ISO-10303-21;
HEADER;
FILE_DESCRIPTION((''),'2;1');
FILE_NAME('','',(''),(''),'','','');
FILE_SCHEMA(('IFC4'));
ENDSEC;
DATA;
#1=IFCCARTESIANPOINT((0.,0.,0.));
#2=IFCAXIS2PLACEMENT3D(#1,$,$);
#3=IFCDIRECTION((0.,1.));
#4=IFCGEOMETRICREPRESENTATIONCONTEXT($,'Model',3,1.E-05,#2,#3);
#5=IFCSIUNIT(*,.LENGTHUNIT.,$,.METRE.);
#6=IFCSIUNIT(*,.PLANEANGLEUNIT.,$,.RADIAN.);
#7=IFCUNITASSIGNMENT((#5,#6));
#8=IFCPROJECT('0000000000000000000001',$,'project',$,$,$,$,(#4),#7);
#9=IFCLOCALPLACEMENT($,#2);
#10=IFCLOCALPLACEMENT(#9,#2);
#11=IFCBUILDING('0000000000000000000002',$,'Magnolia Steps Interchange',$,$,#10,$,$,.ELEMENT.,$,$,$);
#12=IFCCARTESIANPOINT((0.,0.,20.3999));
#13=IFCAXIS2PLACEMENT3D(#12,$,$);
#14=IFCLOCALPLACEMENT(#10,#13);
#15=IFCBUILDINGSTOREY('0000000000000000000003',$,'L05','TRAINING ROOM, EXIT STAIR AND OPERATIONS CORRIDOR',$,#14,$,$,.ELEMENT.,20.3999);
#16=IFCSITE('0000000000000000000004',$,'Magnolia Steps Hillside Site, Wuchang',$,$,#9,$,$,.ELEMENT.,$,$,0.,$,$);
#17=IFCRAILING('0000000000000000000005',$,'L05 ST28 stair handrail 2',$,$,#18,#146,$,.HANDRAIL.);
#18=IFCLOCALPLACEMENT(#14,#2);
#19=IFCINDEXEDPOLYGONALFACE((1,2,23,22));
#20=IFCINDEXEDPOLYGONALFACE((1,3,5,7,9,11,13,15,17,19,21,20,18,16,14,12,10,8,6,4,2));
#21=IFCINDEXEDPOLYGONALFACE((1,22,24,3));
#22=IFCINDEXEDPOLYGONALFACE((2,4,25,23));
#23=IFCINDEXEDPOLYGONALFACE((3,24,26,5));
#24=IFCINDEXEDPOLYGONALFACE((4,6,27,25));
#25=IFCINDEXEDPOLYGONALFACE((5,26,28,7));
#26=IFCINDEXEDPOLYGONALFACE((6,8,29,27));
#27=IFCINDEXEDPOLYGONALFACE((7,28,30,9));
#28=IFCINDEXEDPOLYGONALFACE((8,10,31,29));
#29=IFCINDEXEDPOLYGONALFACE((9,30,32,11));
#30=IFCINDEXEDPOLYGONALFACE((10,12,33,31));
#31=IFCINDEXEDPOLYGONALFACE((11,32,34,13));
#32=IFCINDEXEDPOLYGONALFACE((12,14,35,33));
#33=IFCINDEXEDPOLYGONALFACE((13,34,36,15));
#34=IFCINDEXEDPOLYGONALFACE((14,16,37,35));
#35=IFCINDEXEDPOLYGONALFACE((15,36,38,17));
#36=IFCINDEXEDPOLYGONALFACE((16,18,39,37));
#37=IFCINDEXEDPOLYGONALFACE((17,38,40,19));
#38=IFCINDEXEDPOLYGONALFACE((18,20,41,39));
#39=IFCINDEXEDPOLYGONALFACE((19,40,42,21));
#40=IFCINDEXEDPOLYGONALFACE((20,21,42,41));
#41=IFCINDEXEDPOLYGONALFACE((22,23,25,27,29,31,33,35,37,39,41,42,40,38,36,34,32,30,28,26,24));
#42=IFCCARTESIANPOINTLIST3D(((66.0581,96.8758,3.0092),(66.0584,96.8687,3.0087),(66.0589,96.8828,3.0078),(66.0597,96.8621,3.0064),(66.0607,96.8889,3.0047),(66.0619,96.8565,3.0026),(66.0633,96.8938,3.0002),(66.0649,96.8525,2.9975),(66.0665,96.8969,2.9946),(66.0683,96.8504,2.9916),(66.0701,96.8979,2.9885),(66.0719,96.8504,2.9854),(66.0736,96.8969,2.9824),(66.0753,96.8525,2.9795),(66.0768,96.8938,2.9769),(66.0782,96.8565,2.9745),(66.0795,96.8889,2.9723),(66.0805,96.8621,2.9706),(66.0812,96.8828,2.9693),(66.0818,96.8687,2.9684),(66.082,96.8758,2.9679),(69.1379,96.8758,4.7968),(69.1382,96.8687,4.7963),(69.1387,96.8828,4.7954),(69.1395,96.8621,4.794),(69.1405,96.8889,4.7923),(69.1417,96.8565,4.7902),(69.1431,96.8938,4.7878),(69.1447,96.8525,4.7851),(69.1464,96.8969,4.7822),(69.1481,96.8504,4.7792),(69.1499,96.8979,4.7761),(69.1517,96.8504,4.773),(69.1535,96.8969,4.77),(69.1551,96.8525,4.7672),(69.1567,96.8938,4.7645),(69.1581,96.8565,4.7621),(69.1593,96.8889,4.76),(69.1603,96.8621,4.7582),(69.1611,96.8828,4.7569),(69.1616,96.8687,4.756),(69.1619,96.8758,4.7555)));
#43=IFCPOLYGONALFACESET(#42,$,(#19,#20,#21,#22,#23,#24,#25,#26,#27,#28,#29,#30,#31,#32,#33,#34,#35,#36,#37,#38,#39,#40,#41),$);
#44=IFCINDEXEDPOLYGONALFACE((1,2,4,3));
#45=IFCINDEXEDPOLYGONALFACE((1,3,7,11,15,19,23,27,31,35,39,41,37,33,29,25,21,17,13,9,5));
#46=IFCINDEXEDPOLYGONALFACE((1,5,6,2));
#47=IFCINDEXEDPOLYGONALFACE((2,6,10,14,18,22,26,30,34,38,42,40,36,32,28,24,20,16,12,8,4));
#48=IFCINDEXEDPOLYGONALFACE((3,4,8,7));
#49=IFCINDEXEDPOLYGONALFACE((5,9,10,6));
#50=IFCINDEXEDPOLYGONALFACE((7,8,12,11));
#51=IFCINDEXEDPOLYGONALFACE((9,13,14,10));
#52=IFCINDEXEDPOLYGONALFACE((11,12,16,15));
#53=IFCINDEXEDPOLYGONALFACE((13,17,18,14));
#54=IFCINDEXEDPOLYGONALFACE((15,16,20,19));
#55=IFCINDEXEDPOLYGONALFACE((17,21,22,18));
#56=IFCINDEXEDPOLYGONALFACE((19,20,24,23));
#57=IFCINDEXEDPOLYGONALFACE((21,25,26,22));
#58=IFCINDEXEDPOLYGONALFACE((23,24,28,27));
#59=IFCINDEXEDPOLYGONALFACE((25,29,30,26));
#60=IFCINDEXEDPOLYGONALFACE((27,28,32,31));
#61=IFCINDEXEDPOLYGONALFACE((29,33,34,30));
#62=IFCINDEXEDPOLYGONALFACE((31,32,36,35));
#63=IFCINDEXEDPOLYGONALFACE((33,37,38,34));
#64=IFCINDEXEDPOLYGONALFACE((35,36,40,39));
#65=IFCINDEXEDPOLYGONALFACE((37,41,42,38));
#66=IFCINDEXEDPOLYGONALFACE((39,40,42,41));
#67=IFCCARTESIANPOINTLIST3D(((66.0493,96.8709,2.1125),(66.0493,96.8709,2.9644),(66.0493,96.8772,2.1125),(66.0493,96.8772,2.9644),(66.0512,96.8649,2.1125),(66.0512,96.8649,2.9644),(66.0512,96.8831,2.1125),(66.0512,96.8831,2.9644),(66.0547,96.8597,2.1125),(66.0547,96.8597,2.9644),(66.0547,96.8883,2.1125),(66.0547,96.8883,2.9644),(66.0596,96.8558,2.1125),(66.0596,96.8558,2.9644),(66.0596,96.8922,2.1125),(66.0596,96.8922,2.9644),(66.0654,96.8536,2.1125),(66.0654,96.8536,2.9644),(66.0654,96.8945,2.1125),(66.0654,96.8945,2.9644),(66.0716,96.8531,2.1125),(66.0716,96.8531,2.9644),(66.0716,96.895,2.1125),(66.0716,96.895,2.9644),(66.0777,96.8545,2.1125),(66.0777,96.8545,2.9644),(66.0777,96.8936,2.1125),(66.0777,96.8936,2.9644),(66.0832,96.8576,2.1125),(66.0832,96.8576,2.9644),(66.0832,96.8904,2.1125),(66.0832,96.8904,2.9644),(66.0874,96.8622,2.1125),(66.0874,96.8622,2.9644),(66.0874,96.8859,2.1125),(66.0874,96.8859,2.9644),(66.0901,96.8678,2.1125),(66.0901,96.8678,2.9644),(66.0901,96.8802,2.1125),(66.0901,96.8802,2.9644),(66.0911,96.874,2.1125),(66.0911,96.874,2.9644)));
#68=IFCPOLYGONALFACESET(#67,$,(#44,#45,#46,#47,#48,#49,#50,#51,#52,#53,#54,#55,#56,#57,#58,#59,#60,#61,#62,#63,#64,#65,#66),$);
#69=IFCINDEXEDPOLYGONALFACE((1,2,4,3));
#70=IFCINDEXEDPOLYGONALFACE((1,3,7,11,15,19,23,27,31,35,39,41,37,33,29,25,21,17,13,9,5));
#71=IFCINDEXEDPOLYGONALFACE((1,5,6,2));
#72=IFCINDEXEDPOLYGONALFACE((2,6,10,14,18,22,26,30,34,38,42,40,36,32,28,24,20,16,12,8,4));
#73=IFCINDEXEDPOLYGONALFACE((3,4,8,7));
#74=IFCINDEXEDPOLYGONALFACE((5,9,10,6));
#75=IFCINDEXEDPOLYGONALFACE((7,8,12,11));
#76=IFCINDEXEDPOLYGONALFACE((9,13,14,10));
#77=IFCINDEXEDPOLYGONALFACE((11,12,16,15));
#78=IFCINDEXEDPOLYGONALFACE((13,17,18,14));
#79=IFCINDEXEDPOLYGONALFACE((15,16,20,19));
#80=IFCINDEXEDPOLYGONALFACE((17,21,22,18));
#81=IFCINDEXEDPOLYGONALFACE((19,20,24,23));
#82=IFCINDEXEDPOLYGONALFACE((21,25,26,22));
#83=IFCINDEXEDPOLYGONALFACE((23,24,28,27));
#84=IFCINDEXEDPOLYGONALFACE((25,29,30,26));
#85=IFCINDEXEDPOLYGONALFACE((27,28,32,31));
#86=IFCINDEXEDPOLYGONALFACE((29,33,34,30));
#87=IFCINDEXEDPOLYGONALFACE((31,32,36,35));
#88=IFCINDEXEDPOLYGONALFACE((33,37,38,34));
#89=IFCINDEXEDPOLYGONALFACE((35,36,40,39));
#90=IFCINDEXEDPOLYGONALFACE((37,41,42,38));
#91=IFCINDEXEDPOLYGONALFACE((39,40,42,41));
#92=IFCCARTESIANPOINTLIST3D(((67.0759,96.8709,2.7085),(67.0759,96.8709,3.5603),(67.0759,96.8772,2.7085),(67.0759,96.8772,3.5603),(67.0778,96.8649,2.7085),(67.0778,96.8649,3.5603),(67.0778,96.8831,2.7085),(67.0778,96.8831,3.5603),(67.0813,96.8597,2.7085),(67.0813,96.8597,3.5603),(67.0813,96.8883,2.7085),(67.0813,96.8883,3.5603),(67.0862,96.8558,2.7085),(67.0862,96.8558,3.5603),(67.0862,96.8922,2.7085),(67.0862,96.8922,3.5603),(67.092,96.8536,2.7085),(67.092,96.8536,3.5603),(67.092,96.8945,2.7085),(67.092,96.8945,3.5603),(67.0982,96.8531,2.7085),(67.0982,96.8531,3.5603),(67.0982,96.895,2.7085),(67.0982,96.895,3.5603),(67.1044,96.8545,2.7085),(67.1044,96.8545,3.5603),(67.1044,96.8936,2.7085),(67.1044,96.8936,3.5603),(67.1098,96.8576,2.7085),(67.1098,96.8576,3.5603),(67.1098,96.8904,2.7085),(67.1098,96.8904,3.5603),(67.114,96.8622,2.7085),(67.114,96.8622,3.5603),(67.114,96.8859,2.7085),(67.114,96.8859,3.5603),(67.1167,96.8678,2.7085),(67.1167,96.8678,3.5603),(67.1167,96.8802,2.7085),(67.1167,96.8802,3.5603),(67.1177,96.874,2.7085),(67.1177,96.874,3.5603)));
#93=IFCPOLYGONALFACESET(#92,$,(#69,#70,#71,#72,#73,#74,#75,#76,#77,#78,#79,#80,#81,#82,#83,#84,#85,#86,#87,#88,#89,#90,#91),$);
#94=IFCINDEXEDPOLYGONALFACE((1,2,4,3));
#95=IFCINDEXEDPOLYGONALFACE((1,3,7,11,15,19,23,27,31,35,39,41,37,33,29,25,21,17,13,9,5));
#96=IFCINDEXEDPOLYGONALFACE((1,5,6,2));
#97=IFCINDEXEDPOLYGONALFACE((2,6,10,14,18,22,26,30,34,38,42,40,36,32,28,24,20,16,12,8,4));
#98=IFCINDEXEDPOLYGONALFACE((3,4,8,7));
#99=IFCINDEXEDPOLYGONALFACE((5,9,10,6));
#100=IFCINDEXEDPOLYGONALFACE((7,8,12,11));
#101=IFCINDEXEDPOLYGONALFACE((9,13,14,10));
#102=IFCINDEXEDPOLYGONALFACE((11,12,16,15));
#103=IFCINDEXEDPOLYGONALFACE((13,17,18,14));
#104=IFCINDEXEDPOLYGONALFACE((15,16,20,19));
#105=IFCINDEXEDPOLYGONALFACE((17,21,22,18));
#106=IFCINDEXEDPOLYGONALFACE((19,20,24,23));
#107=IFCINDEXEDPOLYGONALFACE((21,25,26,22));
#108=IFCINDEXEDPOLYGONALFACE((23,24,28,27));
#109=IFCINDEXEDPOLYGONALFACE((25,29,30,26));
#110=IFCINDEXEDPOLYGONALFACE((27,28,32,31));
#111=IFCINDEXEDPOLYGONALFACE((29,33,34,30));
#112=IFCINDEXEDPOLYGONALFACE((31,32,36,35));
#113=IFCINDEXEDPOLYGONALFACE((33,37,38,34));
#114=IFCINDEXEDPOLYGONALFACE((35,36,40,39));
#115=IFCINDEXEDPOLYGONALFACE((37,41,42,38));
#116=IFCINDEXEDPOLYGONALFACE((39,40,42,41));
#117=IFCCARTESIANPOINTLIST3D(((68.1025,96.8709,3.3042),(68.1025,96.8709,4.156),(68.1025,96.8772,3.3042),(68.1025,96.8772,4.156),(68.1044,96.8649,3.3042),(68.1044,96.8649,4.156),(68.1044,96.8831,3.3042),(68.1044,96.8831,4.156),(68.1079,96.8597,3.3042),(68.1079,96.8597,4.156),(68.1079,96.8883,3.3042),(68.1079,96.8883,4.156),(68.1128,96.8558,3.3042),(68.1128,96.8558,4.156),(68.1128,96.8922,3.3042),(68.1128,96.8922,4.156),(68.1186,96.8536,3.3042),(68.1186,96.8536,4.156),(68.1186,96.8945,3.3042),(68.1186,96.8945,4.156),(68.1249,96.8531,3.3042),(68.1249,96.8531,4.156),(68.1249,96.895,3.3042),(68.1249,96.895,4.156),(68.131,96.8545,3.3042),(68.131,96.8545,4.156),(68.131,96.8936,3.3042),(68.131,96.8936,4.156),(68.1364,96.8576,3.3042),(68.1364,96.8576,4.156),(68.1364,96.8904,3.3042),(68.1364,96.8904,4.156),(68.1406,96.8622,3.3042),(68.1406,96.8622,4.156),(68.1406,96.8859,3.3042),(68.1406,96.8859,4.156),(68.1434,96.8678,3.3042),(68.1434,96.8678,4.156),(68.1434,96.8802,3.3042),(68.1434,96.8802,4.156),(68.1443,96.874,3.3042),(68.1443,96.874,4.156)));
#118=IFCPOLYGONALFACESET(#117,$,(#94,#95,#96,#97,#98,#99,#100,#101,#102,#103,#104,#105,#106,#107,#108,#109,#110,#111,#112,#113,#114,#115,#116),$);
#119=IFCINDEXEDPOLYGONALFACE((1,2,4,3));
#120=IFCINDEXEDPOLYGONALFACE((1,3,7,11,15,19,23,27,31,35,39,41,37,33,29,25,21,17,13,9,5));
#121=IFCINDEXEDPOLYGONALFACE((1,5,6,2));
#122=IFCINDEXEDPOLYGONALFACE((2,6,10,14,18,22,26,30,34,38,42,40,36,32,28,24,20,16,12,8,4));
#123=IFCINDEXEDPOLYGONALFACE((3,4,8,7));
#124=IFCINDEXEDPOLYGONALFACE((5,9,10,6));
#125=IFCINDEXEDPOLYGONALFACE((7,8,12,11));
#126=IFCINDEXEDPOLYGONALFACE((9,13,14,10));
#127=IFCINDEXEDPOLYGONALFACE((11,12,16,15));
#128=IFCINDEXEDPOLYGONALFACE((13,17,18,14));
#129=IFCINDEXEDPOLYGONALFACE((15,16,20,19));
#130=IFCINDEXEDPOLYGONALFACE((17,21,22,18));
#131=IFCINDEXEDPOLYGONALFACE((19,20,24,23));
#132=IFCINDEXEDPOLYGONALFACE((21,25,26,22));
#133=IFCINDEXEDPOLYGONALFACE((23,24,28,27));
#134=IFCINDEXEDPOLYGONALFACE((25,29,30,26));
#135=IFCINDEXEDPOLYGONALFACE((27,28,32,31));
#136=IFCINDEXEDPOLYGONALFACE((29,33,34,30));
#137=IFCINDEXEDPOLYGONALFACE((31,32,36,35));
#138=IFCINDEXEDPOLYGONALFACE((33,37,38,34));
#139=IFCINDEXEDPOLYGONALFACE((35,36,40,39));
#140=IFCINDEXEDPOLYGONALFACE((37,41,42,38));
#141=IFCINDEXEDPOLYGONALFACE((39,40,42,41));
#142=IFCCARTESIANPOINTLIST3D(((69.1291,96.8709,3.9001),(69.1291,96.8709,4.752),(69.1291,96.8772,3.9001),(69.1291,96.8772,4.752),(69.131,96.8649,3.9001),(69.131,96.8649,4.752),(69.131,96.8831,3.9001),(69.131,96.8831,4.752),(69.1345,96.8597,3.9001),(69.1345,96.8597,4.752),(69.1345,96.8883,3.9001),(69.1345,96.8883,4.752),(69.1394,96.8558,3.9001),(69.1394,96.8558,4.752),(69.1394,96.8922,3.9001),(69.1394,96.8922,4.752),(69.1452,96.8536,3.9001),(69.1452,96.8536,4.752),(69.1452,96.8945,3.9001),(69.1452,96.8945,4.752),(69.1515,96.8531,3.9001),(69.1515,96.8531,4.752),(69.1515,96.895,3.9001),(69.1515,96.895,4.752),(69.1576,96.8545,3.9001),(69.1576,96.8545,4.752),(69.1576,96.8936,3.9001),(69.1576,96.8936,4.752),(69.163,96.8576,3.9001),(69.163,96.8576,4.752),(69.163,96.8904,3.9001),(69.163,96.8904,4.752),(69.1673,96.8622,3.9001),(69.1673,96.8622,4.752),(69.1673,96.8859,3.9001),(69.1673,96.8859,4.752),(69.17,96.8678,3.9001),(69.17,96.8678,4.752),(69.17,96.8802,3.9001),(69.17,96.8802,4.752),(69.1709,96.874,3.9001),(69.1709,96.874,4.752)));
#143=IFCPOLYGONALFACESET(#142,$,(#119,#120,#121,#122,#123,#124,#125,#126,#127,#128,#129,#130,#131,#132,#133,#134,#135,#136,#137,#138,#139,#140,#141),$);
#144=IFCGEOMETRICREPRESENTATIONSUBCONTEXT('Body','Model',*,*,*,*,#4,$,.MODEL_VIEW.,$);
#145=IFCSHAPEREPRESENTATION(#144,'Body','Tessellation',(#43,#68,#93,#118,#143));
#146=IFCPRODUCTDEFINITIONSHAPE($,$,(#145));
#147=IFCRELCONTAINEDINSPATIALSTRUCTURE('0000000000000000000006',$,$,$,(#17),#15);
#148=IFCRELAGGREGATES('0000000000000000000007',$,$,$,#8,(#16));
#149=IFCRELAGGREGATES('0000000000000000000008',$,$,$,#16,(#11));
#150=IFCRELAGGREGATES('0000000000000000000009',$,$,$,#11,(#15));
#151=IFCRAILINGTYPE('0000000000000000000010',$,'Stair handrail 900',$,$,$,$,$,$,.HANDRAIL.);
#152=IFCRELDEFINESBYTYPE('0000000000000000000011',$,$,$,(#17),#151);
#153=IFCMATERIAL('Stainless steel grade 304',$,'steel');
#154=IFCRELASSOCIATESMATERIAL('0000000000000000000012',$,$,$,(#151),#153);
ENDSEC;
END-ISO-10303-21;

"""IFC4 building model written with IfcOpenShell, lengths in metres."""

from ifc_helpers import new_model, si_unit, direction, frame, origin, origin_2d, place, context, subcontext, project, spatial, circle, extrude, material, type_object, element, save


model = new_model("IFC4")

# Units and contexts
model_context = context("Model", 3, precision=1e-05, world=origin(), true_north=direction((0.0, 1.0)))
body_context = subcontext(model_context, "Body", "Model", "MODEL_VIEW")
ifc_project = project(units=[si_unit("LENGTHUNIT", "METRE"), si_unit("PLANEANGLEUNIT", "RADIAN")], contexts=[model_context])

# Site, building, storey
site_placement = place(None, origin())
site = spatial("IfcSite", under=ifc_project, at=site_placement, Name="Magnolia Steps Hillside Site, Wuchang", CompositionType="ELEMENT", RefElevation=0.0)
building_placement = place(site_placement, origin())
building = spatial("IfcBuilding", under=site, at=building_placement, Name="Magnolia Steps Interchange", CompositionType="ELEMENT")
storey_placement = place(building_placement, frame((0.0, 0.0, 20.3999)))
storey = spatial("IfcBuildingStorey", under=building, at=storey_placement, Name="L05", Description="TRAINING ROOM, EXIT STAIR AND OPERATIONS CORRIDOR", CompositionType="ELEMENT", Elevation=20.3999)

# Railing
ifc_material_1 = material(Name="Stainless steel grade 304", Category="steel")
railing_type_1 = type_object("IfcRailingType", Name="Stair handrail 900", PredefinedType="HANDRAIL", material=ifc_material_1)
railing_1_placement = place(storey_placement, frame((66.0701, 96.874, 2.1125)))
element("IfcRailing", 1, at=railing_1_placement, inside=storey, type_object=railing_type_1, Name="L05 ST28 stair handrail 2", PredefinedType="HANDRAIL", context=body_context, shape_type="SweptSolid", body=[
    extrude(circle(Radius=0.0239, at=origin_2d()), frame((0.0, 0.0, 0.876), z_axis=(0.864873, 0.0, 0.50199), x_axis=(0.0, 1.0, 0.0)), (0.0, 0.0, 1.0), 3.561),
    extrude(circle(Radius=0.021, at=origin_2d()), origin(), (0.0, 0.0, 1.0), 0.8518),
    extrude(circle(Radius=0.021, at=origin_2d()), frame((1.0266, 0.0, 0.5959)), (0.0, 0.0, 1.0), 0.8518),
    extrude(circle(Radius=0.021, at=origin_2d()), frame((2.0532, 0.0, 1.1917)), (0.0, 0.0, 1.0), 0.8518),
    extrude(circle(Radius=0.021, at=origin_2d()), frame((3.0798, 0.0, 1.7876)), (0.0, 0.0, 1.0), 0.8518),
])

save(model, "model.ifc")
